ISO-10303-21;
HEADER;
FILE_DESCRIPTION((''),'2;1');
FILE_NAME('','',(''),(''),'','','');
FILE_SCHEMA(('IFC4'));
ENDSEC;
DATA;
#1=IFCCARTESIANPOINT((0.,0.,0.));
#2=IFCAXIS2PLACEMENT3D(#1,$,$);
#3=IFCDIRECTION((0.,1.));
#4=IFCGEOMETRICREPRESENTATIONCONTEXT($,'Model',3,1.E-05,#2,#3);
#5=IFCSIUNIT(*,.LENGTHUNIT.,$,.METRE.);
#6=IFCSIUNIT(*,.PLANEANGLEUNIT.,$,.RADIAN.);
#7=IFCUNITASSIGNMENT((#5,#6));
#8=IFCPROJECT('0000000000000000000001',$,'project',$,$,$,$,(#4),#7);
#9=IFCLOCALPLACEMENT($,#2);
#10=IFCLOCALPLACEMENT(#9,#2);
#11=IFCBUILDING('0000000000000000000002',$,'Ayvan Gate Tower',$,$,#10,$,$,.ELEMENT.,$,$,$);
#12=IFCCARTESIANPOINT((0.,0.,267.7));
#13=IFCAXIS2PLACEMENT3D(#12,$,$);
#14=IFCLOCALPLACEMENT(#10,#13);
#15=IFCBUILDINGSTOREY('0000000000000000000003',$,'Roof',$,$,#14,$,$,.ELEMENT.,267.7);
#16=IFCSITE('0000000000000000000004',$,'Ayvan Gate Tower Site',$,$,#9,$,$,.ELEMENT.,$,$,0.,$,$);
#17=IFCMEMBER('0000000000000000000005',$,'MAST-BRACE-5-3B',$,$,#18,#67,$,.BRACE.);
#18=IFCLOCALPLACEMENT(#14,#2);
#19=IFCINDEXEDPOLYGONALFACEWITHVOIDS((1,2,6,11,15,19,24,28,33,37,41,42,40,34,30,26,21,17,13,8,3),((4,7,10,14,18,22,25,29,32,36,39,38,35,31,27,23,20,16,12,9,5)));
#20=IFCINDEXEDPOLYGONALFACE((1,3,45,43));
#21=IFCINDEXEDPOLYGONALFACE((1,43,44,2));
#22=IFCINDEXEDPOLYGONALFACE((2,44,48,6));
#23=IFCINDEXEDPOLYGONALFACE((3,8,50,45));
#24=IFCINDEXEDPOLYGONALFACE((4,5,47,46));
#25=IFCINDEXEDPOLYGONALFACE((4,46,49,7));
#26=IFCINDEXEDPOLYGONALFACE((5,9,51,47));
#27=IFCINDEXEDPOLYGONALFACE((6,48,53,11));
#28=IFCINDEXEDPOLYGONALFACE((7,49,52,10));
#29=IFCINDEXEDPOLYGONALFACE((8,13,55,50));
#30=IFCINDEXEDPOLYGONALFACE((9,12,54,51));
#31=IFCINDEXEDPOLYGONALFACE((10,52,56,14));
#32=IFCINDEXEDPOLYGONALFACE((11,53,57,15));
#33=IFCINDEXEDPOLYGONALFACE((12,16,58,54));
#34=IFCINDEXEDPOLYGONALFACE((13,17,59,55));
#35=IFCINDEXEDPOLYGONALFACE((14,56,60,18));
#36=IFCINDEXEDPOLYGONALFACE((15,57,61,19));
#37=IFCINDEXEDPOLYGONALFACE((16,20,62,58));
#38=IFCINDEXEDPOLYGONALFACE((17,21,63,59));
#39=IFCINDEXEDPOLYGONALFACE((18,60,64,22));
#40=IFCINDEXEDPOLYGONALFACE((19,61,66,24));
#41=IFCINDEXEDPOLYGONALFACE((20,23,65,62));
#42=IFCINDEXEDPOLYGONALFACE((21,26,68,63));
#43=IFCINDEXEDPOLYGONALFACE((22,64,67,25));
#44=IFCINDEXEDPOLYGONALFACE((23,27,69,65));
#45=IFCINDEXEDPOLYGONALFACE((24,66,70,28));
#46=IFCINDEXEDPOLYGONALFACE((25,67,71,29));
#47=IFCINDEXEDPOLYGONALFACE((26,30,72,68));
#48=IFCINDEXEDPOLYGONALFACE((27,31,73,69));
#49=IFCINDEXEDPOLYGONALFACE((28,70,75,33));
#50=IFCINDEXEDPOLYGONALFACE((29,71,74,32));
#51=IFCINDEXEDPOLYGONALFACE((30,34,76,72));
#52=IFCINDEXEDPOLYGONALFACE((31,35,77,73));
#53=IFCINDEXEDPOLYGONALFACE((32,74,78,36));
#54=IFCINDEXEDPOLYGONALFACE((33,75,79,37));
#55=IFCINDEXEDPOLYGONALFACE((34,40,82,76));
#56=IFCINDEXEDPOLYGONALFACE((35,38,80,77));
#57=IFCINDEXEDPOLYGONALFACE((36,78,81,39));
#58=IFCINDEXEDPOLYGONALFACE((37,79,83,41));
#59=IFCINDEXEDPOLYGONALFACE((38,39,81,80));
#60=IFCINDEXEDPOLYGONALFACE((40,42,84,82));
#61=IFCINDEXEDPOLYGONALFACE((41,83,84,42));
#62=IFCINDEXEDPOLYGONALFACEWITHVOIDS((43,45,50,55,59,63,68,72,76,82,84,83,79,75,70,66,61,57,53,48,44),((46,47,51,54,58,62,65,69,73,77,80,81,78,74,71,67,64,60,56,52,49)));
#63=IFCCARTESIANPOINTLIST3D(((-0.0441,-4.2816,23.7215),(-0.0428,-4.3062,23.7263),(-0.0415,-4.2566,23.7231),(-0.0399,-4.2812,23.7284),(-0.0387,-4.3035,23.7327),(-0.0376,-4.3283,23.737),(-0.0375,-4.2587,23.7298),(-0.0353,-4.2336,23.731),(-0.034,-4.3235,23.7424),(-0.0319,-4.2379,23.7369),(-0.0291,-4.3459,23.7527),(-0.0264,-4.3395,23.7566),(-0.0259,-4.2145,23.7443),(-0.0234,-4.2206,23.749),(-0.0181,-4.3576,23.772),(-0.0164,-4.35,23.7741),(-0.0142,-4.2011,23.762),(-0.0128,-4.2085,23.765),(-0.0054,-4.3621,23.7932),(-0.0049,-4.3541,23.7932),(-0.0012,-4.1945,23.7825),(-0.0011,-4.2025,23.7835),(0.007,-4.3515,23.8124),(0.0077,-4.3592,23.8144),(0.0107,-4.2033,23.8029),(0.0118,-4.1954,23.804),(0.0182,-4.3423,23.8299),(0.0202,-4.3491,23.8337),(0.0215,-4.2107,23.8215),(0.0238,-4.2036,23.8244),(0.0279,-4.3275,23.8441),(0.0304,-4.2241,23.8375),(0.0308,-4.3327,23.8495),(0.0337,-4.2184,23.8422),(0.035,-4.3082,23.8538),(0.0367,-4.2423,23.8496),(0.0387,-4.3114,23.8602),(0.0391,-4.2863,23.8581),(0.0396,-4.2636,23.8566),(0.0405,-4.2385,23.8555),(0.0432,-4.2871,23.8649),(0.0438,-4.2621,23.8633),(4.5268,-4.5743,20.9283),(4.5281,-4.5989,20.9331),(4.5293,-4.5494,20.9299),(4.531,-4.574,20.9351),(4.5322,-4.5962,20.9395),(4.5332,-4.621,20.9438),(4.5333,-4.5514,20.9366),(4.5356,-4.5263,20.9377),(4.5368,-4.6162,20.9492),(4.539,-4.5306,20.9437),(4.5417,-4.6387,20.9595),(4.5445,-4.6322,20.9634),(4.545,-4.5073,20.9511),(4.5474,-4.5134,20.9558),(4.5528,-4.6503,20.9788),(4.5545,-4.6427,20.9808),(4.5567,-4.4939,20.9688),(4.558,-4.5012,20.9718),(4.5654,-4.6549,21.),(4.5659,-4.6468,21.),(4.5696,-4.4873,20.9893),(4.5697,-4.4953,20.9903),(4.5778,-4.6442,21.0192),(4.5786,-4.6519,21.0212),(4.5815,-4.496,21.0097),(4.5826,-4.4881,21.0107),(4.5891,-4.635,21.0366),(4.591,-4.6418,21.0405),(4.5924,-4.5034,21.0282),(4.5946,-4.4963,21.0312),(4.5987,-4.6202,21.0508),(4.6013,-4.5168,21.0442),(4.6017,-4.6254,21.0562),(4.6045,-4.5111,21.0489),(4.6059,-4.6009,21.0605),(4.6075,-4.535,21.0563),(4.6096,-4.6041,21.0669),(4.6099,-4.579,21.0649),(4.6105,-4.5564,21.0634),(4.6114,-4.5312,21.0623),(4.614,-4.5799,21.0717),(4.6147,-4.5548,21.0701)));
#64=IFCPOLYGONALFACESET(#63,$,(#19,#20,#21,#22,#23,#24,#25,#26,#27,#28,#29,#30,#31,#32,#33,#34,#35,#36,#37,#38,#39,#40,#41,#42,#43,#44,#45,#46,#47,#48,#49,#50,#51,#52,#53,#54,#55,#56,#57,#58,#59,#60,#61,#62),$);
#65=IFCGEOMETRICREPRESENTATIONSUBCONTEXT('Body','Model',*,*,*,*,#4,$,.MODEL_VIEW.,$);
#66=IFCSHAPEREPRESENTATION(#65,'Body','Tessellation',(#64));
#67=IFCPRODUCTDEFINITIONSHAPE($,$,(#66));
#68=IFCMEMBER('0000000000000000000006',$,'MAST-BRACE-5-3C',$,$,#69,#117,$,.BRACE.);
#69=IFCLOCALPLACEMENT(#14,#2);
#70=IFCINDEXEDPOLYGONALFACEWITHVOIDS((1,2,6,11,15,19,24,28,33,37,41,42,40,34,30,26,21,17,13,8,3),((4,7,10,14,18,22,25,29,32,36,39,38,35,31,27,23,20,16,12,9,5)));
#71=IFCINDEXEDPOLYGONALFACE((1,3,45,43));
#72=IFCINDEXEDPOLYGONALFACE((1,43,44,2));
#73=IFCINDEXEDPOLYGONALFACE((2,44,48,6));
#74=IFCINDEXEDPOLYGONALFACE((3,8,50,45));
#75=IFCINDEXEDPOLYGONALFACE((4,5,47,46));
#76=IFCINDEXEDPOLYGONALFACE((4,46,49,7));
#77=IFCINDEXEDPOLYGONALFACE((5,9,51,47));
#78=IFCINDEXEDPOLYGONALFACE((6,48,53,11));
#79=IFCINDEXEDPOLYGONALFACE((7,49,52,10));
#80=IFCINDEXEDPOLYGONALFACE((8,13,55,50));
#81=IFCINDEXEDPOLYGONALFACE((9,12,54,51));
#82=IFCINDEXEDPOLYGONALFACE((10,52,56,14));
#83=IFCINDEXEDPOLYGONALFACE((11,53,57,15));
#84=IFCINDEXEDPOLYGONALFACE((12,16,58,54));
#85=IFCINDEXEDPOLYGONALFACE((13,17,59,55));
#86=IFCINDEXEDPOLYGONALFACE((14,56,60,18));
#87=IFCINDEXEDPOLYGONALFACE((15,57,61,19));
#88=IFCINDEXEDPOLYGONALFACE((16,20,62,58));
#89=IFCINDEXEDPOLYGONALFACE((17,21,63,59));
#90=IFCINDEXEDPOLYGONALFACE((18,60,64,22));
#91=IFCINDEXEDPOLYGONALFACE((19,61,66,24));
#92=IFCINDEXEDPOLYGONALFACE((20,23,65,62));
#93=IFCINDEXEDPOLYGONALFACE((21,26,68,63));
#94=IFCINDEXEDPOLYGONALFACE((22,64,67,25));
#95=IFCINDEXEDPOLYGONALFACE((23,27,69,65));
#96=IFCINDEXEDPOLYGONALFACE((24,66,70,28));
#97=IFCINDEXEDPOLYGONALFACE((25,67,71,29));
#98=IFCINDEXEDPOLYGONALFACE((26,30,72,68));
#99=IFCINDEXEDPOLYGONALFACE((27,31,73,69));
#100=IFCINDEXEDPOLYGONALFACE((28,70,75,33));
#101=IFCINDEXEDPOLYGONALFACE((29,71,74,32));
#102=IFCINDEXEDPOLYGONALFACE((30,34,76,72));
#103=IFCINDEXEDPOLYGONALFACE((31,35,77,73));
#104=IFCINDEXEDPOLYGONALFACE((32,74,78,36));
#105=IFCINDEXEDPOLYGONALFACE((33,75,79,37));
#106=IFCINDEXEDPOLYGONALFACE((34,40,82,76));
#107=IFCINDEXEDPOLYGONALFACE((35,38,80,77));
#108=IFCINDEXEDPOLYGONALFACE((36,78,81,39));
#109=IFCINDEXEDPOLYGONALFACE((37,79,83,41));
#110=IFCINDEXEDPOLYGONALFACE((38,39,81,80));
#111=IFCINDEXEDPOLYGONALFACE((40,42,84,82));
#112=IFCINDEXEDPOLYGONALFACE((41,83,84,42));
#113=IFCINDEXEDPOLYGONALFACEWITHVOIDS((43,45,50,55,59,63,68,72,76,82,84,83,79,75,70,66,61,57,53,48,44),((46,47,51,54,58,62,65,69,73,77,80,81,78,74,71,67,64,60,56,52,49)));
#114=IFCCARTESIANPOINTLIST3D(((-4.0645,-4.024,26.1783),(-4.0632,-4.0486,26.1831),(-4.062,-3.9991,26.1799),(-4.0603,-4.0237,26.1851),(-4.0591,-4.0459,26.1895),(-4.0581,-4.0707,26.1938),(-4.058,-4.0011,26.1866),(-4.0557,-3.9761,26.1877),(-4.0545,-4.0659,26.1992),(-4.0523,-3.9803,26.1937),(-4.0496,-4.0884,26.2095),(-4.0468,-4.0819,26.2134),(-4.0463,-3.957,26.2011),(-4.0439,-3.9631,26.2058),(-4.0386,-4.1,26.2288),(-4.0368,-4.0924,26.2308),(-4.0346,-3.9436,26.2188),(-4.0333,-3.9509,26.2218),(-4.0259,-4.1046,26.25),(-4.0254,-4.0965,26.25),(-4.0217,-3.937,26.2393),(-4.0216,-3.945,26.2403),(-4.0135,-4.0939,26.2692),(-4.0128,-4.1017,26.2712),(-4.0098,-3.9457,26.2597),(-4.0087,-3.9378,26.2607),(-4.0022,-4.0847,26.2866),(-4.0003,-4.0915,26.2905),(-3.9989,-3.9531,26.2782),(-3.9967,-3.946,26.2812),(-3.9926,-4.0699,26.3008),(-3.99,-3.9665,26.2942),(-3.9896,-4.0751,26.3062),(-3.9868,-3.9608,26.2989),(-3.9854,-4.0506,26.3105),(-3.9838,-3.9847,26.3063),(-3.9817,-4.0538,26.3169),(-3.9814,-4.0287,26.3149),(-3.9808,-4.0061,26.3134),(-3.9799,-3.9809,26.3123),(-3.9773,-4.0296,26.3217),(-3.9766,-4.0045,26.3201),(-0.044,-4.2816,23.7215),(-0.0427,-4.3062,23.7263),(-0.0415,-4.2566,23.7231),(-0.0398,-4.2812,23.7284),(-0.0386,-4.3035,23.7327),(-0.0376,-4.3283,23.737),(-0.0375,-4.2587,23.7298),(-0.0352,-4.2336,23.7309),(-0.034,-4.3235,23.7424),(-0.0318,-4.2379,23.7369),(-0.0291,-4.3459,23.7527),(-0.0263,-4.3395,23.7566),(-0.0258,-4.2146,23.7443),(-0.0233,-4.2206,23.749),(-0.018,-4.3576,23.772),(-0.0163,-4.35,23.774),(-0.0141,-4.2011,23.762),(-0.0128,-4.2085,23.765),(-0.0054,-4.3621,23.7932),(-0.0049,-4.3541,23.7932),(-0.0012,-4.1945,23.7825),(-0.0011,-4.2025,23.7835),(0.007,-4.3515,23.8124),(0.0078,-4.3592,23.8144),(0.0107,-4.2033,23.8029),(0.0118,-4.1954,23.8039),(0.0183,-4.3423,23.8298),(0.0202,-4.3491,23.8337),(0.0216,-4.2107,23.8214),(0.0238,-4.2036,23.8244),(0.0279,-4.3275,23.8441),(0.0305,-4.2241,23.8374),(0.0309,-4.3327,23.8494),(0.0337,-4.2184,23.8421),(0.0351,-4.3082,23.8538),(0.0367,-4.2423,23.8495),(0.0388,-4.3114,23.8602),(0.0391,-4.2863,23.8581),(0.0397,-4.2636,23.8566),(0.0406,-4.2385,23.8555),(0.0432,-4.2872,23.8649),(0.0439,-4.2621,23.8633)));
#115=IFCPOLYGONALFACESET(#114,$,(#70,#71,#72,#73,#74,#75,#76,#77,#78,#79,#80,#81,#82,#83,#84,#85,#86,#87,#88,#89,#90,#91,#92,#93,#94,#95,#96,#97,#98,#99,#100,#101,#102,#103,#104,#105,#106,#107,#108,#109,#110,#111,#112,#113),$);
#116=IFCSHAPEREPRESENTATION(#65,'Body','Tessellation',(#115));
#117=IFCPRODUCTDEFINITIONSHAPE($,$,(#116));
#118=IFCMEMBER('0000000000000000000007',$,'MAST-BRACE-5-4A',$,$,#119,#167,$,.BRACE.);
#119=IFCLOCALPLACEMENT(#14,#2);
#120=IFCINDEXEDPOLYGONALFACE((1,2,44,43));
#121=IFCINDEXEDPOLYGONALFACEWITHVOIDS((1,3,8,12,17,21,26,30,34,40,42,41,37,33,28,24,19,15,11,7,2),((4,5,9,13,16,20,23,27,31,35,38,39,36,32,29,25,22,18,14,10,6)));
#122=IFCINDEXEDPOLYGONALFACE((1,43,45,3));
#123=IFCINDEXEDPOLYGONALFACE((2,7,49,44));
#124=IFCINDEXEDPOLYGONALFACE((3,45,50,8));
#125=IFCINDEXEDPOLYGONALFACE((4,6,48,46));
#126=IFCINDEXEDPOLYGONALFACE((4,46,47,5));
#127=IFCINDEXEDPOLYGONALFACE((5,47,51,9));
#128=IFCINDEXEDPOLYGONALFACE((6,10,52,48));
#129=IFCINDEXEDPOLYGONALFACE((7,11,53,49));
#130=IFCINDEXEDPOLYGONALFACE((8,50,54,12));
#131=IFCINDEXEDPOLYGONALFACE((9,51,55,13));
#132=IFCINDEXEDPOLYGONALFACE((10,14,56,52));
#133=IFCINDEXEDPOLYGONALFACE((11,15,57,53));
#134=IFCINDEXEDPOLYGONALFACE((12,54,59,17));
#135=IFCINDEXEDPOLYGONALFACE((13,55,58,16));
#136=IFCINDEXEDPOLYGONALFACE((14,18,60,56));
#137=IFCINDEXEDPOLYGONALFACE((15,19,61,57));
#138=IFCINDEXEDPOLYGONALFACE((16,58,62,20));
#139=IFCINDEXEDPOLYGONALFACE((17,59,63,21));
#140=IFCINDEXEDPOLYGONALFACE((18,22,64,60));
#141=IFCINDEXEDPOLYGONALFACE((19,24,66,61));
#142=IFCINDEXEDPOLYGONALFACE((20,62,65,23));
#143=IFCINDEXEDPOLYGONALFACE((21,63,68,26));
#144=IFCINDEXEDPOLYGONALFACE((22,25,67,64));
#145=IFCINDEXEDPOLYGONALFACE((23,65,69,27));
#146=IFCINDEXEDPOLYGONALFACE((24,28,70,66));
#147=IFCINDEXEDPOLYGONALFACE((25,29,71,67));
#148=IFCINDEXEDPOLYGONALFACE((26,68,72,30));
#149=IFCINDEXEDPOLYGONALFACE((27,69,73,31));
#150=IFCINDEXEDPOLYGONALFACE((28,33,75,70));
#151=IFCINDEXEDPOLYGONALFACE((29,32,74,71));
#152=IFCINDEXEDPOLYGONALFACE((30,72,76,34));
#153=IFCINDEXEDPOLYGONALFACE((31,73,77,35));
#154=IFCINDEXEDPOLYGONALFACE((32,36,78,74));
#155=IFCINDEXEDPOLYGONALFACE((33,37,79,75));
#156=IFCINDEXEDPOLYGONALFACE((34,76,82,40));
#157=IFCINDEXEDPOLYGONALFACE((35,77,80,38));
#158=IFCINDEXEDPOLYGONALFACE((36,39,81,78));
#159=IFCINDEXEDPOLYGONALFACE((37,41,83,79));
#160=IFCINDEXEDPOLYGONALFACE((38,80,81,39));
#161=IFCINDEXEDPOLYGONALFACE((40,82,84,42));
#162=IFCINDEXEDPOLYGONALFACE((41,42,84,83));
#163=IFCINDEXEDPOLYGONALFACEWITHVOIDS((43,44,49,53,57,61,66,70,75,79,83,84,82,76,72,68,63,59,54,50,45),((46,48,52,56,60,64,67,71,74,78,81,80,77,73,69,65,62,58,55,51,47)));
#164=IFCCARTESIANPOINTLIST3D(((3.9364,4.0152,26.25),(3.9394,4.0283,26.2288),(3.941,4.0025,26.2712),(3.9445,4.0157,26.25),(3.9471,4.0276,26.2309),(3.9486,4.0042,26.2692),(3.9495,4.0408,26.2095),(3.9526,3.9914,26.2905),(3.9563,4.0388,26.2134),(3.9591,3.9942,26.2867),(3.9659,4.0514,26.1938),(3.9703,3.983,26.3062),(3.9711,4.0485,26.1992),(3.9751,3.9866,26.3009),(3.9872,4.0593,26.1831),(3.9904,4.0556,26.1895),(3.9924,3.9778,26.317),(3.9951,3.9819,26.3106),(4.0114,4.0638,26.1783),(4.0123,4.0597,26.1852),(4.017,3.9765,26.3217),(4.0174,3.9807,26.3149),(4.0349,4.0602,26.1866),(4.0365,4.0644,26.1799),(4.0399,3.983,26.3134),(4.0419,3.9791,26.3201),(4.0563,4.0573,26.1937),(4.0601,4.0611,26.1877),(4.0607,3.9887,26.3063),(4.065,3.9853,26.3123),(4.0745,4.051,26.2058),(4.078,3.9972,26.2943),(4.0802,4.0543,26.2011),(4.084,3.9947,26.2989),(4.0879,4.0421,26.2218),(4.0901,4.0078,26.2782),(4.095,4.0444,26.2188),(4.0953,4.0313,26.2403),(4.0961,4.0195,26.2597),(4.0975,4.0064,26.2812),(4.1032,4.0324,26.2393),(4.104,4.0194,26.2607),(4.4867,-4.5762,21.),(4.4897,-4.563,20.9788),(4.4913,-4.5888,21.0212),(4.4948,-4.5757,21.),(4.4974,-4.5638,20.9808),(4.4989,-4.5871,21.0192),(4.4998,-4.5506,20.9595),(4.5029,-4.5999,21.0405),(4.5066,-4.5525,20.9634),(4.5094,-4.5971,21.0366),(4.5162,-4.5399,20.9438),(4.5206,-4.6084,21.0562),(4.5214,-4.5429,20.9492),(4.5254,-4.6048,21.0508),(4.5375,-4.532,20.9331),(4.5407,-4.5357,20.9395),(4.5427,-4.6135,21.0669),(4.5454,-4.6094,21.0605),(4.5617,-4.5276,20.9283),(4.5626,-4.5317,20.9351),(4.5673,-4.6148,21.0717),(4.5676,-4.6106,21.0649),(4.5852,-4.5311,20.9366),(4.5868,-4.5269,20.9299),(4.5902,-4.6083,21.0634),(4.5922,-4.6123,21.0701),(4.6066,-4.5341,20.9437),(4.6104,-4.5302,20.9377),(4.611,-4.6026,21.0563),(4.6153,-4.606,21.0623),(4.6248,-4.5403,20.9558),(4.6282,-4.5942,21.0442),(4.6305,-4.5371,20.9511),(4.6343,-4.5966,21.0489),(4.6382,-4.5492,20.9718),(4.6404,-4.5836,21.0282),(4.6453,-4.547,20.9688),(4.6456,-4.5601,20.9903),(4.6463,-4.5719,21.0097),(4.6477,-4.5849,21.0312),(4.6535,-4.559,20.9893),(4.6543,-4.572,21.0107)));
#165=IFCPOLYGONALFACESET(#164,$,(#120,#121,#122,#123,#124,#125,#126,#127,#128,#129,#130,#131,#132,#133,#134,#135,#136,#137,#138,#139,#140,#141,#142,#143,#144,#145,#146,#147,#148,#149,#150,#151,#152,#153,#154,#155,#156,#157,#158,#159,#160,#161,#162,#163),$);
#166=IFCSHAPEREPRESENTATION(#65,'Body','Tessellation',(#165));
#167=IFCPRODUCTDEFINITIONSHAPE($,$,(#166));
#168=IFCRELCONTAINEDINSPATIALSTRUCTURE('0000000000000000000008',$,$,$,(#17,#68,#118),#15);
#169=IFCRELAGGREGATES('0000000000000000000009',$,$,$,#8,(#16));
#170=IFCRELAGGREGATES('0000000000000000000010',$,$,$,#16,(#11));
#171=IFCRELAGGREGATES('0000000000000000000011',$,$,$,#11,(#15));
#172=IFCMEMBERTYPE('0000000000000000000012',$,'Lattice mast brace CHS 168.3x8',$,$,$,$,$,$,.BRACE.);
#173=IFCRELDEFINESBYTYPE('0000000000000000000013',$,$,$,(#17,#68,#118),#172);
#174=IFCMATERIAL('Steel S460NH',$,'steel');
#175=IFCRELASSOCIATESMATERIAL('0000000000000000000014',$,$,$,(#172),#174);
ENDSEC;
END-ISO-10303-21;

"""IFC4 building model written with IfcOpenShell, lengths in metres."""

from ifc_helpers import new_model, si_unit, direction, frame, origin, origin_2d, place, context, subcontext, project, spatial, hollow_circle, extrude, material, material_profile, profile_set, type_object, element, save


model = new_model("IFC4")

# Units and contexts
model_context = context("Model", 3, precision=1e-05, world=origin(), true_north=direction((0.0, 1.0)))
body_context = subcontext(model_context, "Body", "Model", "MODEL_VIEW")
ifc_project = project(units=[si_unit("LENGTHUNIT", "METRE"), si_unit("PLANEANGLEUNIT", "RADIAN")], contexts=[model_context])

# Site, building, storey
site_placement = place(None, origin())
site = spatial("IfcSite", under=ifc_project, at=site_placement, Name="Ayvan Gate Tower Site", CompositionType="ELEMENT", RefElevation=0.0)
building_placement = place(site_placement, origin())
building = spatial("IfcBuilding", under=site, at=building_placement, Name="Ayvan Gate Tower", CompositionType="ELEMENT")
storey_placement = place(building_placement, frame((0.0, 0.0, 267.7)))
storey = spatial("IfcBuildingStorey", under=building, at=storey_placement, Name="Roof", CompositionType="ELEMENT", Elevation=267.7)

# Members
ifc_material_1 = material(Name="Steel S460NH", Category="steel")
ifc_material_profile_1 = material_profile(ifc_material_1, hollow_circle(Radius=0.0842, WallThickness=0.0081, at=origin_2d()), Name="CHS 168.3x8")
ifc_profile_set_1 = profile_set([ifc_material_profile_1], Name="Steel S460NH")
member_type_1 = type_object("IfcMemberType", Name="Lattice mast brace CHS 168.3x8", PredefinedType="BRACE", material=ifc_profile_set_1)
member_1_placement = place(storey_placement, frame((4.5708, -4.5708, 21.0), z_axis=(-0.852015, 0.054565, 0.520666), x_axis=(-0.063911, -0.997956, 0.0)))
element("IfcMember", 1, at=member_1_placement, inside=storey, type_object=member_type_1, Name="MAST-BRACE-5-3B", PredefinedType="BRACE", context=body_context, shape_type="SweptSolid", body=[
    extrude(hollow_circle(Radius=0.0842, WallThickness=0.0081, at=origin_2d()), origin(), (0.0, 0.0, 1.0), 5.3647),
])
member_2_placement = place(storey_placement, frame((0.0, -4.2781, 23.7932), z_axis=(-0.852028, 0.054584, 0.520643), x_axis=(-0.063933, -0.997954, 0.0)))
element("IfcMember", 2, at=member_2_placement, inside=storey, type_object=member_type_1, Name="MAST-BRACE-5-3C", PredefinedType="BRACE", context=body_context, shape_type="SweptSolid", body=[
    extrude(hollow_circle(Radius=0.0842, WallThickness=0.0081, at=origin_2d()), origin(), (0.0, 0.0, 1.0), 4.7188),
])
member_3_placement = place(storey_placement, frame((4.5708, -4.5708, 21.0), z_axis=(-0.054574, 0.852021, 0.520655), x_axis=(-0.997955, -0.063921, 0.0)))
element("IfcMember", 3, at=member_3_placement, inside=storey, type_object=member_type_1, Name="MAST-BRACE-5-4A", PredefinedType="BRACE", context=body_context, shape_type="SweptSolid", body=[
    extrude(hollow_circle(Radius=0.0842, WallThickness=0.0081, at=origin_2d()), origin(), (0.0, 0.0, 1.0), 10.0835),
])

save(model, "model.ifc")
